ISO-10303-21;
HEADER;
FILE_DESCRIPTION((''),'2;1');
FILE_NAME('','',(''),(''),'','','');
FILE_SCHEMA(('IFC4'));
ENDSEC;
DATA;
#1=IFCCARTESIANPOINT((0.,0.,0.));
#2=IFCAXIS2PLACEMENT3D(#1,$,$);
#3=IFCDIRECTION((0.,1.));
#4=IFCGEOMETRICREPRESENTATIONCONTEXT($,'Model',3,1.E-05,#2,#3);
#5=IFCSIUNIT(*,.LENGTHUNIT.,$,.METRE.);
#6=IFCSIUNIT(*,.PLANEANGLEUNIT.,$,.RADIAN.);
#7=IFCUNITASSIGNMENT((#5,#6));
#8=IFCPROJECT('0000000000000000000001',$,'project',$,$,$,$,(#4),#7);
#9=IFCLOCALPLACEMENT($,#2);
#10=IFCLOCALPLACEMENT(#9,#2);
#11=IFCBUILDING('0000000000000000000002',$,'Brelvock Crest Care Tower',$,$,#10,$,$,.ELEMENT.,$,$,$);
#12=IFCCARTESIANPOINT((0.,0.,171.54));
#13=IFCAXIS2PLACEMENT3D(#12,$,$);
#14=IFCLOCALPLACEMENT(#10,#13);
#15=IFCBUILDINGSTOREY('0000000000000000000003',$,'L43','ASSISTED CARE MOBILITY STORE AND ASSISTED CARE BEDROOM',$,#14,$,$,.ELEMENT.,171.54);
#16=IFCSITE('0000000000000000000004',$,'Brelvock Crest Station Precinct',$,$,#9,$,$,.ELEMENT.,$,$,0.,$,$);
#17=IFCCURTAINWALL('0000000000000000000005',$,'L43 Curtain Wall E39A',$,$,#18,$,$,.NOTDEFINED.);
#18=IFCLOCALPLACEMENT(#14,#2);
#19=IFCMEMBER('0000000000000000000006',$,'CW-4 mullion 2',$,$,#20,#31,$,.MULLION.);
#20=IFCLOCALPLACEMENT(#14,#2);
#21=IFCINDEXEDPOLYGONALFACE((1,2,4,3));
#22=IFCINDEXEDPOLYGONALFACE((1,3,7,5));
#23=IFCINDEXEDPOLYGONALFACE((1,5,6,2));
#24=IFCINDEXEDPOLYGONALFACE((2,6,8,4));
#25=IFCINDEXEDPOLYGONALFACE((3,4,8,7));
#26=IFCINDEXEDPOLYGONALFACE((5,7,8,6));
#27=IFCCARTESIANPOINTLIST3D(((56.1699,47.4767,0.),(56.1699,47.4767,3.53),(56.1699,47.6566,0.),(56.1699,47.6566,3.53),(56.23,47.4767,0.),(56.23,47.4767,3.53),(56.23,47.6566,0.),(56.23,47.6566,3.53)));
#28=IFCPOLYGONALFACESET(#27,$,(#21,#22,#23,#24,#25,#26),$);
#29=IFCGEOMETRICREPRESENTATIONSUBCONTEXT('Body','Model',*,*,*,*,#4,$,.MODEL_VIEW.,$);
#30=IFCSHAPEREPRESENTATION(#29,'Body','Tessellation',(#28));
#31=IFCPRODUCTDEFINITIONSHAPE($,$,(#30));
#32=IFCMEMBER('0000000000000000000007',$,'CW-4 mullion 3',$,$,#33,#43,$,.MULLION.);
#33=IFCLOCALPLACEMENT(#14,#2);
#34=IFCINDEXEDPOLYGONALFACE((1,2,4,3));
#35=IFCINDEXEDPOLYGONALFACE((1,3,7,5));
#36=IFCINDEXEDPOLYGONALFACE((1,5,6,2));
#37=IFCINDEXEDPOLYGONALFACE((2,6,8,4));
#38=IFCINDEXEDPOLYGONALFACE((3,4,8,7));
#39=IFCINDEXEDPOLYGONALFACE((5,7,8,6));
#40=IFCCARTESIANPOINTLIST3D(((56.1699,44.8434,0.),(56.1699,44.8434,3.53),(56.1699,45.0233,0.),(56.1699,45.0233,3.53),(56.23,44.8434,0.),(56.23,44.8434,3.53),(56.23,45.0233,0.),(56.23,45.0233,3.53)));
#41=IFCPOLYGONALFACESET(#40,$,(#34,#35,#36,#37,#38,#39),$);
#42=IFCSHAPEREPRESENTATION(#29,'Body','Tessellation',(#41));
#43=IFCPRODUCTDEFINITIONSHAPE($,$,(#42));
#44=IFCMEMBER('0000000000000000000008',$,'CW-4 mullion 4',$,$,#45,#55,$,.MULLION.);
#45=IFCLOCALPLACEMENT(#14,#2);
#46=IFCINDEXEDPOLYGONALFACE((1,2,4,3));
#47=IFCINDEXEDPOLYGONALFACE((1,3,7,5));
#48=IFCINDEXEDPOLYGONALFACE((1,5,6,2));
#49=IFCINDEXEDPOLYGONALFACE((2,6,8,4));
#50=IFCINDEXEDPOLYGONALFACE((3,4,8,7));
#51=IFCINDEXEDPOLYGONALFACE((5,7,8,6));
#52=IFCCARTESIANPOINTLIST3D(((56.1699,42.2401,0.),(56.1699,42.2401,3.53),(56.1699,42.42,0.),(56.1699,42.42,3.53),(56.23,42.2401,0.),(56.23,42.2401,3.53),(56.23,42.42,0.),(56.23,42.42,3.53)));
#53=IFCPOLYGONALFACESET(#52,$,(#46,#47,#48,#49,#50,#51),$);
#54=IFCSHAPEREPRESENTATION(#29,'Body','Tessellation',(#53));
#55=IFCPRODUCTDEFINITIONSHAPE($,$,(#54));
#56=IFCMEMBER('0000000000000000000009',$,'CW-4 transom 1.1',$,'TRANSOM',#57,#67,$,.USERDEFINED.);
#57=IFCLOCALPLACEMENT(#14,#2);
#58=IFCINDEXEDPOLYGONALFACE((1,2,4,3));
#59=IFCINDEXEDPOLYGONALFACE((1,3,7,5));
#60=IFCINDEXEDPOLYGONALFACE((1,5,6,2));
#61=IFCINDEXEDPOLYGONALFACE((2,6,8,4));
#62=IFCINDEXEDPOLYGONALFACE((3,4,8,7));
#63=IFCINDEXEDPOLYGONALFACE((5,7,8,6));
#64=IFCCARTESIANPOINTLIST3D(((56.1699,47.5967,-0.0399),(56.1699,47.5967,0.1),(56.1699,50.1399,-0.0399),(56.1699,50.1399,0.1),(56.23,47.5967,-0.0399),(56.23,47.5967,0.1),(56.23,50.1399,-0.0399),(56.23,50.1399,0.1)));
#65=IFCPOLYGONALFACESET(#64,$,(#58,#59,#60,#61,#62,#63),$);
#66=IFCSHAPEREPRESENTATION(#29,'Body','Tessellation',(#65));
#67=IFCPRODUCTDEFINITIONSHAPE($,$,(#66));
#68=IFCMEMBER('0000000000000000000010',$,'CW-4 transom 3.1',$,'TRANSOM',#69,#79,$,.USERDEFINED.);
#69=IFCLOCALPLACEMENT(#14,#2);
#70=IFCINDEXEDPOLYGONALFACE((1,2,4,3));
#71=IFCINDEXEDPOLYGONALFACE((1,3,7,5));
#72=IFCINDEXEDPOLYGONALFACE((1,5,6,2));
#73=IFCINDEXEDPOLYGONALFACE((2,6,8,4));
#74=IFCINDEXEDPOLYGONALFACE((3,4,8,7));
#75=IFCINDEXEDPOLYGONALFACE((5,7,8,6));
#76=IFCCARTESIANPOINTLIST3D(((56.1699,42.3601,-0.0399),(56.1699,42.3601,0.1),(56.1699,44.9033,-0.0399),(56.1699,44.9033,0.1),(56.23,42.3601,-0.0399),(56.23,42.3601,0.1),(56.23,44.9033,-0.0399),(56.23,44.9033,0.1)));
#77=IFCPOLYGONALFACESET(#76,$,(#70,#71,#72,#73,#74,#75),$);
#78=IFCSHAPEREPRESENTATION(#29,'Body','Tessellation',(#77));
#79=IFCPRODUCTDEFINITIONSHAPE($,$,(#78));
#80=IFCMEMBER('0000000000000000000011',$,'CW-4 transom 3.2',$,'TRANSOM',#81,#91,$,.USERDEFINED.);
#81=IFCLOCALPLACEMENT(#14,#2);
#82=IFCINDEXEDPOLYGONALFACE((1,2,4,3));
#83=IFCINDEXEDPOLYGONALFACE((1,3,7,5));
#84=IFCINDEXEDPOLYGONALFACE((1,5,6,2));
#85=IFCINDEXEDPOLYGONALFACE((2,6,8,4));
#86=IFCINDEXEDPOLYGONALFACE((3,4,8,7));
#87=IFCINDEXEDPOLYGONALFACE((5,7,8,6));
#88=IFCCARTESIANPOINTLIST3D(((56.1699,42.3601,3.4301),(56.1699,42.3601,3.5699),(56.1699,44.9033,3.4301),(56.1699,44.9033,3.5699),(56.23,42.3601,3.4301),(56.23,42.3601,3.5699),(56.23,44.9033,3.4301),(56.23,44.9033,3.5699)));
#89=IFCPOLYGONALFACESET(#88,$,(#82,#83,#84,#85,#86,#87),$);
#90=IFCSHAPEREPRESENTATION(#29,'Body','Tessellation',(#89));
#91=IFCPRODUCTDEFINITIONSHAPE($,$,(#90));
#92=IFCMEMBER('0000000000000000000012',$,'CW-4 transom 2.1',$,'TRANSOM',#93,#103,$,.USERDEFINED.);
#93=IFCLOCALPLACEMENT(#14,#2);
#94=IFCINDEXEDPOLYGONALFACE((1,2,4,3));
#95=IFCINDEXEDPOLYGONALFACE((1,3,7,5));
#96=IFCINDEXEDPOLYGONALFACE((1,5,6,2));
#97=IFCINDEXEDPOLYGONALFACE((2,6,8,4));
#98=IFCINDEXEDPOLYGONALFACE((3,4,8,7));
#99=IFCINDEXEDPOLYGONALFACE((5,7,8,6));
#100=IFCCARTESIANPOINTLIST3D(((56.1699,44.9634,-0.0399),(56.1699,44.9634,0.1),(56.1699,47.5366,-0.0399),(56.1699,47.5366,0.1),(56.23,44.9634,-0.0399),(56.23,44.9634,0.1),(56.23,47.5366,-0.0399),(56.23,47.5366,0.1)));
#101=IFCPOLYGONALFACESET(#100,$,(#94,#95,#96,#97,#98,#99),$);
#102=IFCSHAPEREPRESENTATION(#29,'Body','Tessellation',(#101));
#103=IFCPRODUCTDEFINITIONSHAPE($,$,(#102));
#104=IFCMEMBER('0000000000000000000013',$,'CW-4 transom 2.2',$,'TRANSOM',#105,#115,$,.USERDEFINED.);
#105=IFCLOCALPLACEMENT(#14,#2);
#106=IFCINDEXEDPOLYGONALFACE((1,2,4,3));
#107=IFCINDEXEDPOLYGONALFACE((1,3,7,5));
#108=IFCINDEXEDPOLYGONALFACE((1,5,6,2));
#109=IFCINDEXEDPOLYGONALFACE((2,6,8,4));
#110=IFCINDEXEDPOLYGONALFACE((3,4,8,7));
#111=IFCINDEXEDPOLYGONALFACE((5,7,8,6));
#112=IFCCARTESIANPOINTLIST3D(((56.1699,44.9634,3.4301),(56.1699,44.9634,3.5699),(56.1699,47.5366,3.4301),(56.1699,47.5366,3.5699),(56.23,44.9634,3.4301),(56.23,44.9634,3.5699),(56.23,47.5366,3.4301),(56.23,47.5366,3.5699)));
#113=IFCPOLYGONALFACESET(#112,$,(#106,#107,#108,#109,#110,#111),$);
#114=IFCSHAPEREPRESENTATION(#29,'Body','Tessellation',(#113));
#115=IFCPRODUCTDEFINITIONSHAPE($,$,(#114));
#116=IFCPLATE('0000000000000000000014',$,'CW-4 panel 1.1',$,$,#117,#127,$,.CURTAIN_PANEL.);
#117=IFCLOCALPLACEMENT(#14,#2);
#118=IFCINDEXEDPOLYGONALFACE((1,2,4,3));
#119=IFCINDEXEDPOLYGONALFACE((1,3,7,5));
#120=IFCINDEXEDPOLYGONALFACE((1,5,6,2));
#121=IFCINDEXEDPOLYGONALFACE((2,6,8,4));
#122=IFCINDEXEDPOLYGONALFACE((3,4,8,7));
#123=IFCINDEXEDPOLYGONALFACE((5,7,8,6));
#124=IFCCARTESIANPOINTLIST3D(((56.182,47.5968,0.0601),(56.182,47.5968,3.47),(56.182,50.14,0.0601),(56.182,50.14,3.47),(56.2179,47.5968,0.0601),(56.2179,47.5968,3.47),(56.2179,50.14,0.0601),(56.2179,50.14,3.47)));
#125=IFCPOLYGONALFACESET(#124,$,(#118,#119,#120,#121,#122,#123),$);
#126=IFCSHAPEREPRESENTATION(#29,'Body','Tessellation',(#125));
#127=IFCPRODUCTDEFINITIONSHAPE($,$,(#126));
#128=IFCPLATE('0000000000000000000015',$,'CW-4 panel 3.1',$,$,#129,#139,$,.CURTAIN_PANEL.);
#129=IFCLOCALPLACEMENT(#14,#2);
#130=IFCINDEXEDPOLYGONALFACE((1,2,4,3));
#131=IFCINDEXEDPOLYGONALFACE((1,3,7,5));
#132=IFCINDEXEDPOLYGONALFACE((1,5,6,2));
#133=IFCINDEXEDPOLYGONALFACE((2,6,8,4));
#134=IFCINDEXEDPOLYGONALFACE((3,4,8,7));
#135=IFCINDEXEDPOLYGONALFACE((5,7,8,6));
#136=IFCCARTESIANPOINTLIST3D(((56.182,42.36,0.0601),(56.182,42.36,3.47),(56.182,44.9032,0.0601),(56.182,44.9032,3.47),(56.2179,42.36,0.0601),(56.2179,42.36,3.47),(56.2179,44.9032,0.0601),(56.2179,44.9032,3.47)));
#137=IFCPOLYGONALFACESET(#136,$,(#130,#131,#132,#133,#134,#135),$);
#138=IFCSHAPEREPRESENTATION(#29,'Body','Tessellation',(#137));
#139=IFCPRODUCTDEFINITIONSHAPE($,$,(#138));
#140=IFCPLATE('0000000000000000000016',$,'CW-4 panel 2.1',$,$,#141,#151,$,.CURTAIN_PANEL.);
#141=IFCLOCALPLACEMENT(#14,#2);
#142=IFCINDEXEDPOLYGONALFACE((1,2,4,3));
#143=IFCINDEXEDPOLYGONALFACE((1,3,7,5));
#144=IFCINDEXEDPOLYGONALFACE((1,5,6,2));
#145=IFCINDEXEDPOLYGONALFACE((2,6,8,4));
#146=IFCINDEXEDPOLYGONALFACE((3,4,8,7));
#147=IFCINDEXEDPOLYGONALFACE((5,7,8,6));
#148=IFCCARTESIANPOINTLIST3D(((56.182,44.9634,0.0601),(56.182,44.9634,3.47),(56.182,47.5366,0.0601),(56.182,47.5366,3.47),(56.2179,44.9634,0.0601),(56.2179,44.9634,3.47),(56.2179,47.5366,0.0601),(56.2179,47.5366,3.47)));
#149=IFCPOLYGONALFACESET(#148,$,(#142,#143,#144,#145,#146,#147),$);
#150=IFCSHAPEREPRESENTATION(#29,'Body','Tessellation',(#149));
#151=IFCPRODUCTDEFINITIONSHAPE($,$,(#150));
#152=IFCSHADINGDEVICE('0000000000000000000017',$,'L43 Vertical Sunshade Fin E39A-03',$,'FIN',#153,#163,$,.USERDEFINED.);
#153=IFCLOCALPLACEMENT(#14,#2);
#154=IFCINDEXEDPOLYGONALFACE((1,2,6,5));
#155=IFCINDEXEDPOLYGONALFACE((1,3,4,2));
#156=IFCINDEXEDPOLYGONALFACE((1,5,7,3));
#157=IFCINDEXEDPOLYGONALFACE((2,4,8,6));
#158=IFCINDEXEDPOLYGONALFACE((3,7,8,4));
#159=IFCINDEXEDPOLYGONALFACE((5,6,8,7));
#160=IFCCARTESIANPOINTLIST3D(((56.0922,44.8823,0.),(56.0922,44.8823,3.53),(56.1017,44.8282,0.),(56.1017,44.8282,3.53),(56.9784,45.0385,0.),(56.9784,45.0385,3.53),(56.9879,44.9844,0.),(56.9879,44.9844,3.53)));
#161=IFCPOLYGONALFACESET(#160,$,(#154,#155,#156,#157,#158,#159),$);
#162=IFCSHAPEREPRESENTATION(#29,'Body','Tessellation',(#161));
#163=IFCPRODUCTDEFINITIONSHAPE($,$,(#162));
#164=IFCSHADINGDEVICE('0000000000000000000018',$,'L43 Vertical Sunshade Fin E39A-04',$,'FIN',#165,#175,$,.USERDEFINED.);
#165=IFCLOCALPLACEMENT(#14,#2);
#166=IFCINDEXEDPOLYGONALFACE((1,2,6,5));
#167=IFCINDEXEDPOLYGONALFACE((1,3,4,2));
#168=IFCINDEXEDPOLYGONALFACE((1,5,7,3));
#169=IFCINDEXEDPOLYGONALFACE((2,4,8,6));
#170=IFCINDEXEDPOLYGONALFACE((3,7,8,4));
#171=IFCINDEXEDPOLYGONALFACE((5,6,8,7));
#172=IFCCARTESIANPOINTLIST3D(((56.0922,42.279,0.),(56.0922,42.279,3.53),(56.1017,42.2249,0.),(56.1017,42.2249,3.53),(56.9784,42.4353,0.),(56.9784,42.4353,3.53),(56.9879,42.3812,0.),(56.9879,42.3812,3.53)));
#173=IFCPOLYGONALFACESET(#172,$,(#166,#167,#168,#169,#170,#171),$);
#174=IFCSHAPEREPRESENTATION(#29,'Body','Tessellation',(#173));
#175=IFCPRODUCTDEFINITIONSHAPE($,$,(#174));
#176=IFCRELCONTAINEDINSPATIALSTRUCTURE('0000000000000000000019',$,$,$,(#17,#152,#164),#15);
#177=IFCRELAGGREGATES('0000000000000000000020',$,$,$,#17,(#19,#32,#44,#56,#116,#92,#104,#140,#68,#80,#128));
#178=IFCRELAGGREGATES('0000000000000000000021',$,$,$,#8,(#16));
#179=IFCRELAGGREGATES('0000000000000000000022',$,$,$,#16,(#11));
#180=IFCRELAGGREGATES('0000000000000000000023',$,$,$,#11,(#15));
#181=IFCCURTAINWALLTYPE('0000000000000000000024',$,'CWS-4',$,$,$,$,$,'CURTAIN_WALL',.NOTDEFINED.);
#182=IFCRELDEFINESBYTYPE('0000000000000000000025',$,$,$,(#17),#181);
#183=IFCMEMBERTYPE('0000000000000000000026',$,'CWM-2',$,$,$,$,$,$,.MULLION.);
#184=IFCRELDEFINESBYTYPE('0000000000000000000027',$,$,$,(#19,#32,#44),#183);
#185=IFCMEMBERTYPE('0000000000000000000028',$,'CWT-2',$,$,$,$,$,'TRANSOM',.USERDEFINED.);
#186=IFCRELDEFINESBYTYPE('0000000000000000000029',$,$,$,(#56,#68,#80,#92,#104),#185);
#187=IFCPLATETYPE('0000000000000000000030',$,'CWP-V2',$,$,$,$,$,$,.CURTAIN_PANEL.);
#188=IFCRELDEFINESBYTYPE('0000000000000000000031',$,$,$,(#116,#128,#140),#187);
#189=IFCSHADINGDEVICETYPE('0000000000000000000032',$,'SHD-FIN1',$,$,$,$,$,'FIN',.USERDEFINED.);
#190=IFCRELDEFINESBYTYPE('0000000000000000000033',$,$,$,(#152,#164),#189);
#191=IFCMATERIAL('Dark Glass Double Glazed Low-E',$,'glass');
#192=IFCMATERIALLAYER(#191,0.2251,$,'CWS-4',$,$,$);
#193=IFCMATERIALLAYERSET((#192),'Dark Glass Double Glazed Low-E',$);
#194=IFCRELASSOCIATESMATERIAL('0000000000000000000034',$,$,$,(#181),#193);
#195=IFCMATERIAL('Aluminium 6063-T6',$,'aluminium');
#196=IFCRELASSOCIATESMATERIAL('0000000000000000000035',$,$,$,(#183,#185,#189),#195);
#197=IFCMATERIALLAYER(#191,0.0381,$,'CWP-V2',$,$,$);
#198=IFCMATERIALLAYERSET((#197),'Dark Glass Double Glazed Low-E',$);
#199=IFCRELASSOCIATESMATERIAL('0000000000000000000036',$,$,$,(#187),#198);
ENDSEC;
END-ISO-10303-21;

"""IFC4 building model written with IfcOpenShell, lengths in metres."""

from ifc_helpers import new_model, si_unit, direction, frame, origin, origin_2d, place, context, subcontext, project, spatial, rectangle, extrude, source, transform, mapped, material, layer, layer_set, material_profile, profile_set, type_object, element, aggregate, save


model = new_model("IFC4")

# Units and contexts
model_context = context("Model", 3, precision=1e-05, world=origin(), true_north=direction((0.0, 1.0)))
body_context = subcontext(model_context, "Body", "Model", "MODEL_VIEW")
ifc_project = project(units=[si_unit("LENGTHUNIT", "METRE"), si_unit("PLANEANGLEUNIT", "RADIAN")], contexts=[model_context])

# Site, building, storey
site_placement = place(None, origin())
site = spatial("IfcSite", under=ifc_project, at=site_placement, Name="Brelvock Crest Station Precinct", CompositionType="ELEMENT", RefElevation=0.0)
building_placement = place(site_placement, origin())
building = spatial("IfcBuilding", under=site, at=building_placement, Name="Brelvock Crest Care Tower", CompositionType="ELEMENT")
storey_placement = place(building_placement, frame((0.0, 0.0, 171.54)))
storey = spatial("IfcBuildingStorey", under=building, at=storey_placement, Name="L43", Description="ASSISTED CARE MOBILITY STORE AND ASSISTED CARE BEDROOM", CompositionType="ELEMENT", Elevation=171.54)

# Curtain wall, members, plates
ifc_material_1 = material(Name="Dark Glass Double Glazed Low-E", Category="glass")
ifc_layer_1 = layer(ifc_material_1, 0.2251, Name="CWS-4")
ifc_layer_set_1 = layer_set([ifc_layer_1], Name="Dark Glass Double Glazed Low-E")
curtain_wall_type = type_object("IfcCurtainWallType", Name="CWS-4", ElementType="CURTAIN_WALL", PredefinedType="NOTDEFINED", material=ifc_layer_set_1)
curtain_wall_placement = place(storey_placement, origin())
curtain_wall = element("IfcCurtainWall", 1, at=curtain_wall_placement, inside=storey, type_object=curtain_wall_type, Name="L43 Curtain Wall E39A", PredefinedType="NOTDEFINED")
ifc_material_2 = material(Name="Aluminium 6063-T6", Category="aluminium")
ifc_material_profile_1 = material_profile(ifc_material_2, rectangle(XDim=0.0601, YDim=0.1799, at=origin_2d()), Name="ALU60x180")
ifc_profile_set_1 = profile_set([ifc_material_profile_1], Name="Aluminium 6063-T6")
member_type_1 = type_object("IfcMemberType", Name="CWM-2", PredefinedType="MULLION", material=ifc_profile_set_1)
shared_shape_1 = source(origin(), body_context, "Body", "SweptSolid", [
    extrude(rectangle(XDim=0.0601, YDim=0.1799, at=origin_2d()), origin(), (0.0, 0.0, 1.0), 3.53),
])
member_1_placement = place(storey_placement, frame((56.2, 47.5667, 0.0), z_axis=(0.0, 0.0, 1.0), x_axis=(1.0, 0.0, 0.0)))
member_1 = element("IfcMember", 2, at=member_1_placement, type_object=member_type_1, Name="CW-4 mullion 2", PredefinedType="MULLION", context=body_context, shape_type="MappedRepresentation", body=[
    mapped(shared_shape_1, transform((0.0, 0.0, 0.0), x_axis=(1.0, 0.0, 0.0), y_axis=(0.0, 1.0, 0.0), z_axis=(0.0, 0.0, 1.0), scale=1.0)),
])
member_2_placement = place(storey_placement, frame((56.2, 44.9333, 0.0), z_axis=(0.0, 0.0, 1.0), x_axis=(1.0, 0.0, 0.0)))
member_2 = element("IfcMember", 3, at=member_2_placement, type_object=member_type_1, Name="CW-4 mullion 3", PredefinedType="MULLION", context=body_context, shape_type="MappedRepresentation", body=[
    mapped(shared_shape_1, transform((0.0, 0.0, 0.0), x_axis=(1.0, 0.0, 0.0), y_axis=(0.0, 1.0, 0.0), z_axis=(0.0, 0.0, 1.0), scale=1.0)),
])
member_3_placement = place(storey_placement, frame((56.2, 42.3301, 0.0), z_axis=(0.0, 0.0, 1.0), x_axis=(1.0, 0.0, 0.0)))
member_3 = element("IfcMember", 4, at=member_3_placement, type_object=member_type_1, Name="CW-4 mullion 4", PredefinedType="MULLION", context=body_context, shape_type="MappedRepresentation", body=[
    mapped(shared_shape_1, transform((0.0, 0.0, 0.0), x_axis=(1.0, 0.0, 0.0), y_axis=(0.0, 1.0, 0.0), z_axis=(0.0, 0.0, 1.0), scale=1.0)),
])
ifc_material_profile_2 = material_profile(ifc_material_2, rectangle(XDim=0.0601, YDim=0.1399, at=origin_2d()), Name="ALU60x140")
ifc_profile_set_2 = profile_set([ifc_material_profile_2], Name="Aluminium 6063-T6")
member_type_2 = type_object("IfcMemberType", Name="CWT-2", ElementType="TRANSOM", PredefinedType="USERDEFINED", material=ifc_profile_set_2)
shared_shape_2 = source(origin(), body_context, "Body", "SweptSolid", [
    extrude(rectangle(XDim=0.0601, YDim=0.1399, at=origin_2d()), origin(), (0.0, 0.0, 1.0), 2.5432),
])
member_4_placement = place(storey_placement, frame((56.2, 50.1399, 0.03), z_axis=(0.0, -1.0, 0.0), x_axis=(1.0, 0.0, 0.0)))
member_4 = element("IfcMember", 5, at=member_4_placement, type_object=member_type_2, Name="CW-4 transom 1.1", ObjectType="TRANSOM", PredefinedType="USERDEFINED", context=body_context, shape_type="MappedRepresentation", body=[
    mapped(shared_shape_2, transform((0.0, 0.0, 0.0), x_axis=(1.0, 0.0, 0.0), y_axis=(0.0, 1.0, 0.0), z_axis=(0.0, 0.0, 1.0), scale=1.0)),
])
member_5_placement = place(storey_placement, frame((56.2, 44.9033, 0.03), z_axis=(0.0, -1.0, 0.0), x_axis=(1.0, 0.0, 0.0)))
member_5 = element("IfcMember", 6, at=member_5_placement, type_object=member_type_2, Name="CW-4 transom 3.1", ObjectType="TRANSOM", PredefinedType="USERDEFINED", context=body_context, shape_type="MappedRepresentation", body=[
    mapped(shared_shape_2, transform((0.0, 0.0, 0.0), x_axis=(1.0, 0.0, 0.0), y_axis=(0.0, 1.0, 0.0), z_axis=(0.0, 0.0, 1.0), scale=1.0)),
])
member_6_placement = place(storey_placement, frame((56.2, 44.9033, 3.5), z_axis=(0.0, -1.0, 0.0), x_axis=(1.0, 0.0, 0.0)))
member_6 = element("IfcMember", 7, at=member_6_placement, type_object=member_type_2, Name="CW-4 transom 3.2", ObjectType="TRANSOM", PredefinedType="USERDEFINED", context=body_context, shape_type="MappedRepresentation", body=[
    mapped(shared_shape_2, transform((0.0, 0.0, 0.0), x_axis=(1.0, 0.0, 0.0), y_axis=(0.0, 1.0, 0.0), z_axis=(0.0, 0.0, 1.0), scale=1.0)),
])
shared_shape_3 = source(origin(), body_context, "Body", "SweptSolid", [
    extrude(rectangle(XDim=0.0601, YDim=0.1399, at=origin_2d()), origin(), (0.0, 0.0, 1.0), 2.5732),
])
member_7_placement = place(storey_placement, frame((56.2, 47.5366, 0.03), z_axis=(0.0, -1.0, 0.0), x_axis=(1.0, 0.0, 0.0)))
member_7 = element("IfcMember", 8, at=member_7_placement, type_object=member_type_2, Name="CW-4 transom 2.1", ObjectType="TRANSOM", PredefinedType="USERDEFINED", context=body_context, shape_type="MappedRepresentation", body=[
    mapped(shared_shape_3, transform((0.0, 0.0, 0.0), x_axis=(1.0, 0.0, 0.0), y_axis=(0.0, 1.0, 0.0), z_axis=(0.0, 0.0, 1.0), scale=1.0)),
])
member_8_placement = place(storey_placement, frame((56.2, 47.5366, 3.5), z_axis=(0.0, -1.0, 0.0), x_axis=(1.0, 0.0, 0.0)))
member_8 = element("IfcMember", 9, at=member_8_placement, type_object=member_type_2, Name="CW-4 transom 2.2", ObjectType="TRANSOM", PredefinedType="USERDEFINED", context=body_context, shape_type="MappedRepresentation", body=[
    mapped(shared_shape_3, transform((0.0, 0.0, 0.0), x_axis=(1.0, 0.0, 0.0), y_axis=(0.0, 1.0, 0.0), z_axis=(0.0, 0.0, 1.0), scale=1.0)),
])
ifc_layer_2 = layer(ifc_material_1, 0.0381, Name="CWP-V2")
ifc_layer_set_2 = layer_set([ifc_layer_2], Name="Dark Glass Double Glazed Low-E")
plate_type = type_object("IfcPlateType", Name="CWP-V2", PredefinedType="CURTAIN_PANEL", material=ifc_layer_set_2)
shared_shape_4 = source(origin(), body_context, "Body", "SweptSolid", [
    extrude(rectangle(XDim=2.5432, YDim=0.0359, at=origin_2d()), origin(), (0.0, 0.0, 1.0), 3.4099),
])
plate_1_placement = place(storey_placement, frame((56.2, 48.8684, 0.0601), z_axis=(0.0, 0.0, 1.0), x_axis=(0.0, -1.0, 0.0)))
plate_1 = element("IfcPlate", 10, at=plate_1_placement, type_object=plate_type, Name="CW-4 panel 1.1", PredefinedType="CURTAIN_PANEL", context=body_context, shape_type="MappedRepresentation", body=[
    mapped(shared_shape_4, transform((0.0, 0.0, 0.0), x_axis=(1.0, 0.0, 0.0), y_axis=(0.0, 1.0, 0.0), z_axis=(0.0, 0.0, 1.0), scale=1.0)),
])
plate_2_placement = place(storey_placement, frame((56.2, 43.6316, 0.0601), z_axis=(0.0, 0.0, 1.0), x_axis=(0.0, -1.0, 0.0)))
plate_2 = element("IfcPlate", 11, at=plate_2_placement, type_object=plate_type, Name="CW-4 panel 3.1", PredefinedType="CURTAIN_PANEL", context=body_context, shape_type="MappedRepresentation", body=[
    mapped(shared_shape_4, transform((0.0, 0.0, 0.0), x_axis=(1.0, 0.0, 0.0), y_axis=(0.0, 1.0, 0.0), z_axis=(0.0, 0.0, 1.0), scale=1.0)),
])
shared_shape_5 = source(origin(), body_context, "Body", "SweptSolid", [
    extrude(rectangle(XDim=2.5732, YDim=0.0359, at=origin_2d()), origin(), (0.0, 0.0, 1.0), 3.4099),
])
plate_3_placement = place(storey_placement, frame((56.2, 46.25, 0.0601), z_axis=(0.0, 0.0, 1.0), x_axis=(0.0, -1.0, 0.0)))
plate_3 = element("IfcPlate", 12, at=plate_3_placement, type_object=plate_type, Name="CW-4 panel 2.1", PredefinedType="CURTAIN_PANEL", context=body_context, shape_type="MappedRepresentation", body=[
    mapped(shared_shape_5, transform((0.0, 0.0, 0.0), x_axis=(1.0, 0.0, 0.0), y_axis=(0.0, 1.0, 0.0), z_axis=(0.0, 0.0, 1.0), scale=1.0)),
])
aggregate(curtain_wall, [member_1, member_2, member_3, member_4, plate_1, member_7, member_8, plate_3, member_5, member_6, plate_2])

# Shading devices
ifc_material_profile_3 = material_profile(ifc_material_2, rectangle(XDim=0.0549, YDim=0.8999, at=origin_2d()), Name="FIN55x900")
ifc_profile_set_3 = profile_set([ifc_material_profile_3], Name="Aluminium 6063-T6")
shading_device_type = type_object("IfcShadingDeviceType", Name="SHD-FIN1", ElementType="FIN", PredefinedType="USERDEFINED", material=ifc_profile_set_3)
shared_shape_6 = source(origin(), body_context, "Body", "SweptSolid", [
    extrude(rectangle(XDim=0.0549, YDim=0.8999, at=origin_2d()), origin(), (0.0, 0.0, 1.0), 3.53),
])
for number, where, z_axis, x_axis, name in (
    (13, (56.54, 44.9333, 0.0), (0.0, 0.0, 1.0), (0.173648, -0.984808, 0.0), "L43 Vertical Sunshade Fin E39A-03"),
    (14, (56.54, 42.3301, 0.0), (0.0, 0.0, 1.0), (0.173648, -0.984808, 0.0), "L43 Vertical Sunshade Fin E39A-04"),
):
    element("IfcShadingDevice", number, at=place(storey_placement, frame(where, z_axis=z_axis, x_axis=x_axis)), inside=storey, type_object=shading_device_type, Name=name, ObjectType="FIN", PredefinedType="USERDEFINED", context=body_context, shape_type="MappedRepresentation", body=[
        mapped(shared_shape_6, transform((0.0, 0.0, 0.0), x_axis=(1.0, 0.0, 0.0), y_axis=(0.0, 1.0, 0.0), z_axis=(0.0, 0.0, 1.0), scale=1.0)),
    ])

save(model, "model.ifc")
